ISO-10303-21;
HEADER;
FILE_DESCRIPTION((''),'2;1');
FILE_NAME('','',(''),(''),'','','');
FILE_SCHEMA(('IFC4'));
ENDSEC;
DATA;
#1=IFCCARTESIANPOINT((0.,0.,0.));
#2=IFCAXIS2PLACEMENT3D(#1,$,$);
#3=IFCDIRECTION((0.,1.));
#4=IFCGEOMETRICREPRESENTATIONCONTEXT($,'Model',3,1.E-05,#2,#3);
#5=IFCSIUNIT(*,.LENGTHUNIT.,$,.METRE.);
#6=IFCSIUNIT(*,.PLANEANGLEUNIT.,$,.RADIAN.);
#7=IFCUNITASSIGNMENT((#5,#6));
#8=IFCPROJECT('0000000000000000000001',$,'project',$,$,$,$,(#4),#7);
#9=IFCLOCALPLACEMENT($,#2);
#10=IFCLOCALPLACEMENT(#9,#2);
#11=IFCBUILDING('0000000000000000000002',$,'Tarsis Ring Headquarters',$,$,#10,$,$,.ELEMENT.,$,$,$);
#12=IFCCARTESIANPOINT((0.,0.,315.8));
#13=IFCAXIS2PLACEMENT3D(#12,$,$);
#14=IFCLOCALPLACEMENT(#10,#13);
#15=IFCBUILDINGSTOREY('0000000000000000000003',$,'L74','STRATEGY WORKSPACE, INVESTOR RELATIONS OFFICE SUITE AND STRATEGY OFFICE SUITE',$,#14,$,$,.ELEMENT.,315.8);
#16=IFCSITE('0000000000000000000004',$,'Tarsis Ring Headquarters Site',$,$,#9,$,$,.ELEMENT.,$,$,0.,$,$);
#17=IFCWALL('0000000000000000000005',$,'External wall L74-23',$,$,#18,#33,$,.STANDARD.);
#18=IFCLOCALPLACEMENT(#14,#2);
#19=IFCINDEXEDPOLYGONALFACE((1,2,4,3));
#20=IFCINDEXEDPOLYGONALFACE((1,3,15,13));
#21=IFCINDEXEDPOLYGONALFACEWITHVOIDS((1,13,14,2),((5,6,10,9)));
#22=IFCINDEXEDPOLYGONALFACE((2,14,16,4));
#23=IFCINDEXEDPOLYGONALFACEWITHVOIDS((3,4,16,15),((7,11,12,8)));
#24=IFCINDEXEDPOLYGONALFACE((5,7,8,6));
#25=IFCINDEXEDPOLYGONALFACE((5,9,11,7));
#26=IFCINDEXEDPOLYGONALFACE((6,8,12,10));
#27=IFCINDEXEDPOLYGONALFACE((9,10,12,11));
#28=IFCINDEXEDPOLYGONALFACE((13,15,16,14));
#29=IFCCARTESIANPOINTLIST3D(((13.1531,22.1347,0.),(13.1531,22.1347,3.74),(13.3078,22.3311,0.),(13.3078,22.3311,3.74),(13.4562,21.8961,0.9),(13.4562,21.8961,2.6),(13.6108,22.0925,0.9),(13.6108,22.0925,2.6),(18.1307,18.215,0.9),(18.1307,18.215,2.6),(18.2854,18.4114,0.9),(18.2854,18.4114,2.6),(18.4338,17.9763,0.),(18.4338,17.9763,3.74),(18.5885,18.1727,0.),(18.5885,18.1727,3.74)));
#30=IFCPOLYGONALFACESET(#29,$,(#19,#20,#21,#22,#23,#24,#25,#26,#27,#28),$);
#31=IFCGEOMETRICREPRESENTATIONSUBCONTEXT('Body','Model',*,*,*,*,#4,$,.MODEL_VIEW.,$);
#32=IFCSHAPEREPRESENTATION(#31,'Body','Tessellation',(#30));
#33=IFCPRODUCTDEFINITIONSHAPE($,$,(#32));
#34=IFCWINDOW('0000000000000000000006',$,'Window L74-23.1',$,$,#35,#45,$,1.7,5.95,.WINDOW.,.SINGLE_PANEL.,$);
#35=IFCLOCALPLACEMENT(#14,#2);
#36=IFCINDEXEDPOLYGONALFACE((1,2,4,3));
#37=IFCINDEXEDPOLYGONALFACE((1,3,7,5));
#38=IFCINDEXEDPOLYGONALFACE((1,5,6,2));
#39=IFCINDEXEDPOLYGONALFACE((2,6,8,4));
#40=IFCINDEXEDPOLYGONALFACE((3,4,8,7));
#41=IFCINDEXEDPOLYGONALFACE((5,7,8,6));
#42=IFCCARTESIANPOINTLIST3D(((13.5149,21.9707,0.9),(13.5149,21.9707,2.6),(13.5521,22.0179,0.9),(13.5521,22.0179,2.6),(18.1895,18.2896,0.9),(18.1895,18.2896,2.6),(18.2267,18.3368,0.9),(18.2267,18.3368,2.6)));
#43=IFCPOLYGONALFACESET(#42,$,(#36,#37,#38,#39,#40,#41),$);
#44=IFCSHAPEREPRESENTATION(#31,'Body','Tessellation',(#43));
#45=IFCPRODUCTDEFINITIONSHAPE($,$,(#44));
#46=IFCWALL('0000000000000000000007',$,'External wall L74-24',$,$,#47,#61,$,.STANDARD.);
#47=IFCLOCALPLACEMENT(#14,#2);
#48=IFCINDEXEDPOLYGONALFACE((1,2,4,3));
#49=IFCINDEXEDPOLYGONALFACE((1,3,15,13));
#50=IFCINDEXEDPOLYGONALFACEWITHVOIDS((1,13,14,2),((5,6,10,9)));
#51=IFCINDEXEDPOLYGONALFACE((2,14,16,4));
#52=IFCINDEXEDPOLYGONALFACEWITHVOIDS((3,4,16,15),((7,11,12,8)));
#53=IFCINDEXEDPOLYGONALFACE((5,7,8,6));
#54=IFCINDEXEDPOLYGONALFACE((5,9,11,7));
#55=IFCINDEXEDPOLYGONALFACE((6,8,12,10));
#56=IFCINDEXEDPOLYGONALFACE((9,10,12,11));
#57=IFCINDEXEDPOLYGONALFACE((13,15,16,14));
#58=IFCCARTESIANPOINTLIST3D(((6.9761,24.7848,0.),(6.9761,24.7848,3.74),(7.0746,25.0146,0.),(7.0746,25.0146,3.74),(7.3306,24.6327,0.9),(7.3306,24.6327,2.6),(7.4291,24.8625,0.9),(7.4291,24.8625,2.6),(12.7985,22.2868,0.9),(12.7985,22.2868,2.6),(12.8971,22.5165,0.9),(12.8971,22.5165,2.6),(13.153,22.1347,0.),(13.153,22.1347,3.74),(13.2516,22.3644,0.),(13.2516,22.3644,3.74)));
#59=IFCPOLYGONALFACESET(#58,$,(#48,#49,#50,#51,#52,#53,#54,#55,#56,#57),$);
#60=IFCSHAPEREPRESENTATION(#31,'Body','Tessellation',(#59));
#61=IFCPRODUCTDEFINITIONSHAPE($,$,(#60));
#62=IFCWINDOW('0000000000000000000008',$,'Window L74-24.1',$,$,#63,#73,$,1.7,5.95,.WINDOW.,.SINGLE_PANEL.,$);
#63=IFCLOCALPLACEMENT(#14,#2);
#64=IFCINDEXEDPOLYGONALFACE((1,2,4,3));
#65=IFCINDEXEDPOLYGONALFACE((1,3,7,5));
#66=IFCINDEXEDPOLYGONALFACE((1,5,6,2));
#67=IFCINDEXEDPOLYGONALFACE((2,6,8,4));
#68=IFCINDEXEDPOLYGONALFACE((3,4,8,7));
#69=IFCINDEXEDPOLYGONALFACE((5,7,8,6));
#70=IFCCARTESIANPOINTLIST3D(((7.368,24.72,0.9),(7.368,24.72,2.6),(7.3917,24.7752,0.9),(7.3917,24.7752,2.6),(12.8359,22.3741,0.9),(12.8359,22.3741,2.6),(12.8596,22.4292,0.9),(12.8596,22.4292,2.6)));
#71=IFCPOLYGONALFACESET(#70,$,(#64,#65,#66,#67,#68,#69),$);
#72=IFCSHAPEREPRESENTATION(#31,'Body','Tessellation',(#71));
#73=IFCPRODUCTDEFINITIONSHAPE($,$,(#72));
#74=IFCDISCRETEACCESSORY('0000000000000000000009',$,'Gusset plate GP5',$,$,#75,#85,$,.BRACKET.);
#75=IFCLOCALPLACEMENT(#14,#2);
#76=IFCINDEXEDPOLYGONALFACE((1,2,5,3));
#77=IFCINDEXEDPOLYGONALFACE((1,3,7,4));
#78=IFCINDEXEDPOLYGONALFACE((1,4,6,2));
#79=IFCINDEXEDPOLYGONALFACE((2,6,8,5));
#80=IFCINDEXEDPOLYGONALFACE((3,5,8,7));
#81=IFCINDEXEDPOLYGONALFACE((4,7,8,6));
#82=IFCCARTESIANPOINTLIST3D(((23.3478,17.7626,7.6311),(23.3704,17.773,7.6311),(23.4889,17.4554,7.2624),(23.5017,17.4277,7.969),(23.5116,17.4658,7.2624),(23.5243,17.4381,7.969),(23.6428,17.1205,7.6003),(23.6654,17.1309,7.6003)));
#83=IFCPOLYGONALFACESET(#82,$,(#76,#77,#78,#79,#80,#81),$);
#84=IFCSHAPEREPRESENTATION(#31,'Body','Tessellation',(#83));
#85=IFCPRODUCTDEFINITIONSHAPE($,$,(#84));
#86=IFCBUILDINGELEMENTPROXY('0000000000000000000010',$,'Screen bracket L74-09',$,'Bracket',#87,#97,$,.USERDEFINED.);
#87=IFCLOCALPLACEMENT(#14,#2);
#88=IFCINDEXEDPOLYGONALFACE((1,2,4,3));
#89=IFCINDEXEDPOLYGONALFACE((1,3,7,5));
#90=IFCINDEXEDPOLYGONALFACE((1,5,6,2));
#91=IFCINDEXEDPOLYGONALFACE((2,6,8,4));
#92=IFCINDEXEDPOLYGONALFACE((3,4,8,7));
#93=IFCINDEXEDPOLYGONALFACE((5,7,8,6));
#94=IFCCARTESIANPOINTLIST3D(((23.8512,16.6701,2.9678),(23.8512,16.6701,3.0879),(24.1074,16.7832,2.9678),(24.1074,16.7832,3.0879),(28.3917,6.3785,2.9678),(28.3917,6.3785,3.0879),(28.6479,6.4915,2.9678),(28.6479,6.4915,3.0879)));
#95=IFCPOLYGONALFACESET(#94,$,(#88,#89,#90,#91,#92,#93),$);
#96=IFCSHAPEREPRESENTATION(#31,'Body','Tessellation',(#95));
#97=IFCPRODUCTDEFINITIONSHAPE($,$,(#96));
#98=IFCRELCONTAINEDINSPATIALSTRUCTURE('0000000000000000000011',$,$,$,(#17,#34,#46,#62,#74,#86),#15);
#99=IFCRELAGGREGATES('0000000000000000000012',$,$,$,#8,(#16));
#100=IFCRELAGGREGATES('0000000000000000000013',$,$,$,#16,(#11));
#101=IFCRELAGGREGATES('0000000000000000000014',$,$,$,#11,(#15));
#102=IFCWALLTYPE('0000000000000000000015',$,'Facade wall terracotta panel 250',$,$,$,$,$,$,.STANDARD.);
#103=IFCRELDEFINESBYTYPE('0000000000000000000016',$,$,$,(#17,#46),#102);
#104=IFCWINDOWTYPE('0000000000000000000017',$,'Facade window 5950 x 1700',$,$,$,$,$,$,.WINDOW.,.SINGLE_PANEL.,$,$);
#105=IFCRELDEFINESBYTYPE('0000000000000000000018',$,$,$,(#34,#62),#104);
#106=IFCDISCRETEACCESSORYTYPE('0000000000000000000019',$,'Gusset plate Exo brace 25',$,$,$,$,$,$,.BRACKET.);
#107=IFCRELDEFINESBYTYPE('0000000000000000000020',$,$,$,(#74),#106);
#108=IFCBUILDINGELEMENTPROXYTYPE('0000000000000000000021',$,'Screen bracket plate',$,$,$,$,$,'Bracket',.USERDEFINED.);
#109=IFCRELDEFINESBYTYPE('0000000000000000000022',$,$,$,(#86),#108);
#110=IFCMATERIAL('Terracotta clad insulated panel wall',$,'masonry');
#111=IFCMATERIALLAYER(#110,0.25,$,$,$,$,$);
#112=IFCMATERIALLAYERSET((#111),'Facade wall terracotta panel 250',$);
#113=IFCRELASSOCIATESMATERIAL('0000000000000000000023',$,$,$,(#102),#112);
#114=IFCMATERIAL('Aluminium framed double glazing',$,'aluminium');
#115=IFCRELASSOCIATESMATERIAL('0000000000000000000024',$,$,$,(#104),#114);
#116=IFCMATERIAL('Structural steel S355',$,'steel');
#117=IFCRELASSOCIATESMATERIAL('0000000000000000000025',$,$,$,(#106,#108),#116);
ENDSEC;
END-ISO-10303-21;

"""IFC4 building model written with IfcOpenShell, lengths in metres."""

from ifc_helpers import new_model, si_unit, direction, frame, frame_2d, origin, origin_2d, place, context, subcontext, project, spatial, rectangle, extrude, material, layer, layer_set, material_profile, profile_set, type_object, element, fill, save


model = new_model("IFC4")

# Units and contexts
model_context = context("Model", 3, precision=1e-05, world=origin(), true_north=direction((0.0, 1.0)))
body_context = subcontext(model_context, "Body", "Model", "MODEL_VIEW")
ifc_project = project(units=[si_unit("LENGTHUNIT", "METRE"), si_unit("PLANEANGLEUNIT", "RADIAN")], contexts=[model_context])

# Site, building, storey
site_placement = place(None, origin())
site = spatial("IfcSite", under=ifc_project, at=site_placement, Name="Tarsis Ring Headquarters Site", CompositionType="ELEMENT", RefElevation=0.0)
building_placement = place(site_placement, origin())
building = spatial("IfcBuilding", under=site, at=building_placement, Name="Tarsis Ring Headquarters", CompositionType="ELEMENT")
storey_placement = place(building_placement, frame((0.0, 0.0, 315.8)))
storey = spatial("IfcBuildingStorey", under=building, at=storey_placement, Name="L74", Description="STRATEGY WORKSPACE, INVESTOR RELATIONS OFFICE SUITE AND STRATEGY OFFICE SUITE", CompositionType="ELEMENT", Elevation=315.8)

# Shared definitions
ifc_material_1 = material(Name="Structural steel S355", Category="steel")

# Walls, openings, windows
ifc_material_2 = material(Name="Terracotta clad insulated panel wall", Category="masonry")
ifc_layer_1 = layer(ifc_material_2, 0.25)
ifc_layer_set_1 = layer_set([ifc_layer_1], Name="Facade wall terracotta panel 250")
wall_type_1 = type_object("IfcWallType", Name="Facade wall terracotta panel 250", PredefinedType="STANDARD", material=ifc_layer_set_1)
ifc_material_3 = material(Name="Aluminium framed double glazing", Category="aluminium")
window_type = type_object("IfcWindowType", Name="Facade window 5950 x 1700", PartitioningType="SINGLE_PANEL", PredefinedType="WINDOW", material=ifc_material_3)
wall_1_placement = place(storey_placement, frame((18.5112, 18.0745, 0.0), z_axis=(0.0, 0.0, 1.0), x_axis=(-0.785647, 0.618675, 0.0)))
wall_1 = element("IfcWall", 1, at=wall_1_placement, inside=storey, type_object=wall_type_1, Name="External wall L74-23", PredefinedType="STANDARD", context=body_context, shape_type="SweptSolid", body=[
    extrude(rectangle(XDim=6.7214, YDim=0.25, at=frame_2d((3.3608, 0.0))), origin(), (0.0, 0.0, 1.0), 3.74),
])
opening_1_placement = place(wall_1_placement, frame((0.3857, 0.0, 0.8999)))
opening_1 = element("IfcOpeningElement", 2, at=opening_1_placement, cuts=wall_1, PredefinedType="OPENING", context=body_context, shape_type="SweptSolid", body=[
    extrude(rectangle(XDim=5.95, YDim=1.7, at=frame_2d((2.9751, 0.8501))), frame((0.0, 0.135, 0.0), z_axis=(0.0, -1.0, 0.0), x_axis=(1.0, 0.0, 0.0)), (0.0, 0.0, 1.0), 0.27),
])
window_1_placement = place(opening_1_placement, origin())
window_1 = element("IfcWindow", 3, at=window_1_placement, inside=storey, type_object=window_type, Name="Window L74-23.1", OverallHeight=1.7, OverallWidth=5.95, PartitioningType="SINGLE_PANEL", PredefinedType="WINDOW", context=body_context, shape_type="SweptSolid", body=[
    extrude(rectangle(XDim=5.95, YDim=1.7, at=frame_2d((2.9751, 0.8501))), frame((0.0, 0.03, 0.0), z_axis=(0.0, -1.0, 0.0), x_axis=(1.0, 0.0, 0.0)), (0.0, 0.0, 1.0), 0.0601),
])
fill(opening_1, window_1)
wall_2_placement = place(storey_placement, frame((13.2024, 22.2495, 0.0), z_axis=(0.0, 0.0, 1.0), x_axis=(-0.918991, 0.394279, 0.0)))
wall_2 = element("IfcWall", 4, at=wall_2_placement, inside=storey, type_object=wall_type_1, Name="External wall L74-24", PredefinedType="STANDARD", context=body_context, shape_type="SweptSolid", body=[
    extrude(rectangle(XDim=6.7214, YDim=0.25, at=frame_2d((3.3608, 0.0))), origin(), (0.0, 0.0, 1.0), 3.74),
])
opening_2_placement = place(wall_2_placement, frame((0.3857, 0.0, 0.8999)))
opening_2 = element("IfcOpeningElement", 5, at=opening_2_placement, cuts=wall_2, PredefinedType="OPENING", context=body_context, shape_type="SweptSolid", body=[
    extrude(rectangle(XDim=5.95, YDim=1.7, at=frame_2d((2.9751, 0.8501))), frame((0.0, 0.135, 0.0), z_axis=(0.0, -1.0, 0.0), x_axis=(1.0, 0.0, 0.0)), (0.0, 0.0, 1.0), 0.27),
])
window_2_placement = place(opening_2_placement, origin())
window_2 = element("IfcWindow", 6, at=window_2_placement, inside=storey, type_object=window_type, Name="Window L74-24.1", OverallHeight=1.7, OverallWidth=5.95, PartitioningType="SINGLE_PANEL", PredefinedType="WINDOW", context=body_context, shape_type="SweptSolid", body=[
    extrude(rectangle(XDim=5.95, YDim=1.7, at=frame_2d((2.9751, 0.8501))), frame((0.0, 0.03, 0.0), z_axis=(0.0, -1.0, 0.0), x_axis=(1.0, 0.0, 0.0)), (0.0, 0.0, 1.0), 0.0601),
])
fill(opening_2, window_2)

# Discrete accessory
ifc_material_profile_1 = material_profile(ifc_material_1, rectangle(XDim=0.0249, YDim=0.5, at=origin_2d()), Name="PL 25x500")
ifc_profile_set_1 = profile_set([ifc_material_profile_1], Name="Structural steel S355")
discrete_accessory_type = type_object("IfcDiscreteAccessoryType", Name="Gusset plate Exo brace 25", PredefinedType="BRACKET", material=ifc_profile_set_1)
discrete_accessory_placement = place(storey_placement, frame((23.436, 17.6003, 7.8), z_axis=(0.282144, -0.614079, -0.73709), x_axis=(0.908677, 0.4175, 0.0)))
element("IfcDiscreteAccessory", 7, at=discrete_accessory_placement, inside=storey, type_object=discrete_accessory_type, Name="Gusset plate GP5", PredefinedType="BRACKET", context=body_context, shape_type="SweptSolid", body=[
    extrude(rectangle(XDim=0.0249, YDim=0.5, at=origin_2d()), origin(), (0.0, 0.0, 1.0), 0.5002),
])

# Building element proxy
building_element_proxy_type = type_object("IfcBuildingElementProxyType", Name="Screen bracket plate", ElementType="Bracket", PredefinedType="USERDEFINED", material=ifc_material_1)
proxy_placement = place(storey_placement, frame((26.2495, 11.5808, 2.9678), z_axis=(0.0, 0.0, 1.0), x_axis=(-0.403645, 0.914916, 0.0)))
element("IfcBuildingElementProxy", 8, at=proxy_placement, inside=storey, type_object=building_element_proxy_type, Name="Screen bracket L74-09", ObjectType="Bracket", PredefinedType="USERDEFINED", context=body_context, shape_type="SweptSolid", body=[
    extrude(rectangle(XDim=11.2488, YDim=0.28, at=origin_2d()), origin(), (0.0, 0.0, 1.0), 0.1201),
])

save(model, "model.ifc")
